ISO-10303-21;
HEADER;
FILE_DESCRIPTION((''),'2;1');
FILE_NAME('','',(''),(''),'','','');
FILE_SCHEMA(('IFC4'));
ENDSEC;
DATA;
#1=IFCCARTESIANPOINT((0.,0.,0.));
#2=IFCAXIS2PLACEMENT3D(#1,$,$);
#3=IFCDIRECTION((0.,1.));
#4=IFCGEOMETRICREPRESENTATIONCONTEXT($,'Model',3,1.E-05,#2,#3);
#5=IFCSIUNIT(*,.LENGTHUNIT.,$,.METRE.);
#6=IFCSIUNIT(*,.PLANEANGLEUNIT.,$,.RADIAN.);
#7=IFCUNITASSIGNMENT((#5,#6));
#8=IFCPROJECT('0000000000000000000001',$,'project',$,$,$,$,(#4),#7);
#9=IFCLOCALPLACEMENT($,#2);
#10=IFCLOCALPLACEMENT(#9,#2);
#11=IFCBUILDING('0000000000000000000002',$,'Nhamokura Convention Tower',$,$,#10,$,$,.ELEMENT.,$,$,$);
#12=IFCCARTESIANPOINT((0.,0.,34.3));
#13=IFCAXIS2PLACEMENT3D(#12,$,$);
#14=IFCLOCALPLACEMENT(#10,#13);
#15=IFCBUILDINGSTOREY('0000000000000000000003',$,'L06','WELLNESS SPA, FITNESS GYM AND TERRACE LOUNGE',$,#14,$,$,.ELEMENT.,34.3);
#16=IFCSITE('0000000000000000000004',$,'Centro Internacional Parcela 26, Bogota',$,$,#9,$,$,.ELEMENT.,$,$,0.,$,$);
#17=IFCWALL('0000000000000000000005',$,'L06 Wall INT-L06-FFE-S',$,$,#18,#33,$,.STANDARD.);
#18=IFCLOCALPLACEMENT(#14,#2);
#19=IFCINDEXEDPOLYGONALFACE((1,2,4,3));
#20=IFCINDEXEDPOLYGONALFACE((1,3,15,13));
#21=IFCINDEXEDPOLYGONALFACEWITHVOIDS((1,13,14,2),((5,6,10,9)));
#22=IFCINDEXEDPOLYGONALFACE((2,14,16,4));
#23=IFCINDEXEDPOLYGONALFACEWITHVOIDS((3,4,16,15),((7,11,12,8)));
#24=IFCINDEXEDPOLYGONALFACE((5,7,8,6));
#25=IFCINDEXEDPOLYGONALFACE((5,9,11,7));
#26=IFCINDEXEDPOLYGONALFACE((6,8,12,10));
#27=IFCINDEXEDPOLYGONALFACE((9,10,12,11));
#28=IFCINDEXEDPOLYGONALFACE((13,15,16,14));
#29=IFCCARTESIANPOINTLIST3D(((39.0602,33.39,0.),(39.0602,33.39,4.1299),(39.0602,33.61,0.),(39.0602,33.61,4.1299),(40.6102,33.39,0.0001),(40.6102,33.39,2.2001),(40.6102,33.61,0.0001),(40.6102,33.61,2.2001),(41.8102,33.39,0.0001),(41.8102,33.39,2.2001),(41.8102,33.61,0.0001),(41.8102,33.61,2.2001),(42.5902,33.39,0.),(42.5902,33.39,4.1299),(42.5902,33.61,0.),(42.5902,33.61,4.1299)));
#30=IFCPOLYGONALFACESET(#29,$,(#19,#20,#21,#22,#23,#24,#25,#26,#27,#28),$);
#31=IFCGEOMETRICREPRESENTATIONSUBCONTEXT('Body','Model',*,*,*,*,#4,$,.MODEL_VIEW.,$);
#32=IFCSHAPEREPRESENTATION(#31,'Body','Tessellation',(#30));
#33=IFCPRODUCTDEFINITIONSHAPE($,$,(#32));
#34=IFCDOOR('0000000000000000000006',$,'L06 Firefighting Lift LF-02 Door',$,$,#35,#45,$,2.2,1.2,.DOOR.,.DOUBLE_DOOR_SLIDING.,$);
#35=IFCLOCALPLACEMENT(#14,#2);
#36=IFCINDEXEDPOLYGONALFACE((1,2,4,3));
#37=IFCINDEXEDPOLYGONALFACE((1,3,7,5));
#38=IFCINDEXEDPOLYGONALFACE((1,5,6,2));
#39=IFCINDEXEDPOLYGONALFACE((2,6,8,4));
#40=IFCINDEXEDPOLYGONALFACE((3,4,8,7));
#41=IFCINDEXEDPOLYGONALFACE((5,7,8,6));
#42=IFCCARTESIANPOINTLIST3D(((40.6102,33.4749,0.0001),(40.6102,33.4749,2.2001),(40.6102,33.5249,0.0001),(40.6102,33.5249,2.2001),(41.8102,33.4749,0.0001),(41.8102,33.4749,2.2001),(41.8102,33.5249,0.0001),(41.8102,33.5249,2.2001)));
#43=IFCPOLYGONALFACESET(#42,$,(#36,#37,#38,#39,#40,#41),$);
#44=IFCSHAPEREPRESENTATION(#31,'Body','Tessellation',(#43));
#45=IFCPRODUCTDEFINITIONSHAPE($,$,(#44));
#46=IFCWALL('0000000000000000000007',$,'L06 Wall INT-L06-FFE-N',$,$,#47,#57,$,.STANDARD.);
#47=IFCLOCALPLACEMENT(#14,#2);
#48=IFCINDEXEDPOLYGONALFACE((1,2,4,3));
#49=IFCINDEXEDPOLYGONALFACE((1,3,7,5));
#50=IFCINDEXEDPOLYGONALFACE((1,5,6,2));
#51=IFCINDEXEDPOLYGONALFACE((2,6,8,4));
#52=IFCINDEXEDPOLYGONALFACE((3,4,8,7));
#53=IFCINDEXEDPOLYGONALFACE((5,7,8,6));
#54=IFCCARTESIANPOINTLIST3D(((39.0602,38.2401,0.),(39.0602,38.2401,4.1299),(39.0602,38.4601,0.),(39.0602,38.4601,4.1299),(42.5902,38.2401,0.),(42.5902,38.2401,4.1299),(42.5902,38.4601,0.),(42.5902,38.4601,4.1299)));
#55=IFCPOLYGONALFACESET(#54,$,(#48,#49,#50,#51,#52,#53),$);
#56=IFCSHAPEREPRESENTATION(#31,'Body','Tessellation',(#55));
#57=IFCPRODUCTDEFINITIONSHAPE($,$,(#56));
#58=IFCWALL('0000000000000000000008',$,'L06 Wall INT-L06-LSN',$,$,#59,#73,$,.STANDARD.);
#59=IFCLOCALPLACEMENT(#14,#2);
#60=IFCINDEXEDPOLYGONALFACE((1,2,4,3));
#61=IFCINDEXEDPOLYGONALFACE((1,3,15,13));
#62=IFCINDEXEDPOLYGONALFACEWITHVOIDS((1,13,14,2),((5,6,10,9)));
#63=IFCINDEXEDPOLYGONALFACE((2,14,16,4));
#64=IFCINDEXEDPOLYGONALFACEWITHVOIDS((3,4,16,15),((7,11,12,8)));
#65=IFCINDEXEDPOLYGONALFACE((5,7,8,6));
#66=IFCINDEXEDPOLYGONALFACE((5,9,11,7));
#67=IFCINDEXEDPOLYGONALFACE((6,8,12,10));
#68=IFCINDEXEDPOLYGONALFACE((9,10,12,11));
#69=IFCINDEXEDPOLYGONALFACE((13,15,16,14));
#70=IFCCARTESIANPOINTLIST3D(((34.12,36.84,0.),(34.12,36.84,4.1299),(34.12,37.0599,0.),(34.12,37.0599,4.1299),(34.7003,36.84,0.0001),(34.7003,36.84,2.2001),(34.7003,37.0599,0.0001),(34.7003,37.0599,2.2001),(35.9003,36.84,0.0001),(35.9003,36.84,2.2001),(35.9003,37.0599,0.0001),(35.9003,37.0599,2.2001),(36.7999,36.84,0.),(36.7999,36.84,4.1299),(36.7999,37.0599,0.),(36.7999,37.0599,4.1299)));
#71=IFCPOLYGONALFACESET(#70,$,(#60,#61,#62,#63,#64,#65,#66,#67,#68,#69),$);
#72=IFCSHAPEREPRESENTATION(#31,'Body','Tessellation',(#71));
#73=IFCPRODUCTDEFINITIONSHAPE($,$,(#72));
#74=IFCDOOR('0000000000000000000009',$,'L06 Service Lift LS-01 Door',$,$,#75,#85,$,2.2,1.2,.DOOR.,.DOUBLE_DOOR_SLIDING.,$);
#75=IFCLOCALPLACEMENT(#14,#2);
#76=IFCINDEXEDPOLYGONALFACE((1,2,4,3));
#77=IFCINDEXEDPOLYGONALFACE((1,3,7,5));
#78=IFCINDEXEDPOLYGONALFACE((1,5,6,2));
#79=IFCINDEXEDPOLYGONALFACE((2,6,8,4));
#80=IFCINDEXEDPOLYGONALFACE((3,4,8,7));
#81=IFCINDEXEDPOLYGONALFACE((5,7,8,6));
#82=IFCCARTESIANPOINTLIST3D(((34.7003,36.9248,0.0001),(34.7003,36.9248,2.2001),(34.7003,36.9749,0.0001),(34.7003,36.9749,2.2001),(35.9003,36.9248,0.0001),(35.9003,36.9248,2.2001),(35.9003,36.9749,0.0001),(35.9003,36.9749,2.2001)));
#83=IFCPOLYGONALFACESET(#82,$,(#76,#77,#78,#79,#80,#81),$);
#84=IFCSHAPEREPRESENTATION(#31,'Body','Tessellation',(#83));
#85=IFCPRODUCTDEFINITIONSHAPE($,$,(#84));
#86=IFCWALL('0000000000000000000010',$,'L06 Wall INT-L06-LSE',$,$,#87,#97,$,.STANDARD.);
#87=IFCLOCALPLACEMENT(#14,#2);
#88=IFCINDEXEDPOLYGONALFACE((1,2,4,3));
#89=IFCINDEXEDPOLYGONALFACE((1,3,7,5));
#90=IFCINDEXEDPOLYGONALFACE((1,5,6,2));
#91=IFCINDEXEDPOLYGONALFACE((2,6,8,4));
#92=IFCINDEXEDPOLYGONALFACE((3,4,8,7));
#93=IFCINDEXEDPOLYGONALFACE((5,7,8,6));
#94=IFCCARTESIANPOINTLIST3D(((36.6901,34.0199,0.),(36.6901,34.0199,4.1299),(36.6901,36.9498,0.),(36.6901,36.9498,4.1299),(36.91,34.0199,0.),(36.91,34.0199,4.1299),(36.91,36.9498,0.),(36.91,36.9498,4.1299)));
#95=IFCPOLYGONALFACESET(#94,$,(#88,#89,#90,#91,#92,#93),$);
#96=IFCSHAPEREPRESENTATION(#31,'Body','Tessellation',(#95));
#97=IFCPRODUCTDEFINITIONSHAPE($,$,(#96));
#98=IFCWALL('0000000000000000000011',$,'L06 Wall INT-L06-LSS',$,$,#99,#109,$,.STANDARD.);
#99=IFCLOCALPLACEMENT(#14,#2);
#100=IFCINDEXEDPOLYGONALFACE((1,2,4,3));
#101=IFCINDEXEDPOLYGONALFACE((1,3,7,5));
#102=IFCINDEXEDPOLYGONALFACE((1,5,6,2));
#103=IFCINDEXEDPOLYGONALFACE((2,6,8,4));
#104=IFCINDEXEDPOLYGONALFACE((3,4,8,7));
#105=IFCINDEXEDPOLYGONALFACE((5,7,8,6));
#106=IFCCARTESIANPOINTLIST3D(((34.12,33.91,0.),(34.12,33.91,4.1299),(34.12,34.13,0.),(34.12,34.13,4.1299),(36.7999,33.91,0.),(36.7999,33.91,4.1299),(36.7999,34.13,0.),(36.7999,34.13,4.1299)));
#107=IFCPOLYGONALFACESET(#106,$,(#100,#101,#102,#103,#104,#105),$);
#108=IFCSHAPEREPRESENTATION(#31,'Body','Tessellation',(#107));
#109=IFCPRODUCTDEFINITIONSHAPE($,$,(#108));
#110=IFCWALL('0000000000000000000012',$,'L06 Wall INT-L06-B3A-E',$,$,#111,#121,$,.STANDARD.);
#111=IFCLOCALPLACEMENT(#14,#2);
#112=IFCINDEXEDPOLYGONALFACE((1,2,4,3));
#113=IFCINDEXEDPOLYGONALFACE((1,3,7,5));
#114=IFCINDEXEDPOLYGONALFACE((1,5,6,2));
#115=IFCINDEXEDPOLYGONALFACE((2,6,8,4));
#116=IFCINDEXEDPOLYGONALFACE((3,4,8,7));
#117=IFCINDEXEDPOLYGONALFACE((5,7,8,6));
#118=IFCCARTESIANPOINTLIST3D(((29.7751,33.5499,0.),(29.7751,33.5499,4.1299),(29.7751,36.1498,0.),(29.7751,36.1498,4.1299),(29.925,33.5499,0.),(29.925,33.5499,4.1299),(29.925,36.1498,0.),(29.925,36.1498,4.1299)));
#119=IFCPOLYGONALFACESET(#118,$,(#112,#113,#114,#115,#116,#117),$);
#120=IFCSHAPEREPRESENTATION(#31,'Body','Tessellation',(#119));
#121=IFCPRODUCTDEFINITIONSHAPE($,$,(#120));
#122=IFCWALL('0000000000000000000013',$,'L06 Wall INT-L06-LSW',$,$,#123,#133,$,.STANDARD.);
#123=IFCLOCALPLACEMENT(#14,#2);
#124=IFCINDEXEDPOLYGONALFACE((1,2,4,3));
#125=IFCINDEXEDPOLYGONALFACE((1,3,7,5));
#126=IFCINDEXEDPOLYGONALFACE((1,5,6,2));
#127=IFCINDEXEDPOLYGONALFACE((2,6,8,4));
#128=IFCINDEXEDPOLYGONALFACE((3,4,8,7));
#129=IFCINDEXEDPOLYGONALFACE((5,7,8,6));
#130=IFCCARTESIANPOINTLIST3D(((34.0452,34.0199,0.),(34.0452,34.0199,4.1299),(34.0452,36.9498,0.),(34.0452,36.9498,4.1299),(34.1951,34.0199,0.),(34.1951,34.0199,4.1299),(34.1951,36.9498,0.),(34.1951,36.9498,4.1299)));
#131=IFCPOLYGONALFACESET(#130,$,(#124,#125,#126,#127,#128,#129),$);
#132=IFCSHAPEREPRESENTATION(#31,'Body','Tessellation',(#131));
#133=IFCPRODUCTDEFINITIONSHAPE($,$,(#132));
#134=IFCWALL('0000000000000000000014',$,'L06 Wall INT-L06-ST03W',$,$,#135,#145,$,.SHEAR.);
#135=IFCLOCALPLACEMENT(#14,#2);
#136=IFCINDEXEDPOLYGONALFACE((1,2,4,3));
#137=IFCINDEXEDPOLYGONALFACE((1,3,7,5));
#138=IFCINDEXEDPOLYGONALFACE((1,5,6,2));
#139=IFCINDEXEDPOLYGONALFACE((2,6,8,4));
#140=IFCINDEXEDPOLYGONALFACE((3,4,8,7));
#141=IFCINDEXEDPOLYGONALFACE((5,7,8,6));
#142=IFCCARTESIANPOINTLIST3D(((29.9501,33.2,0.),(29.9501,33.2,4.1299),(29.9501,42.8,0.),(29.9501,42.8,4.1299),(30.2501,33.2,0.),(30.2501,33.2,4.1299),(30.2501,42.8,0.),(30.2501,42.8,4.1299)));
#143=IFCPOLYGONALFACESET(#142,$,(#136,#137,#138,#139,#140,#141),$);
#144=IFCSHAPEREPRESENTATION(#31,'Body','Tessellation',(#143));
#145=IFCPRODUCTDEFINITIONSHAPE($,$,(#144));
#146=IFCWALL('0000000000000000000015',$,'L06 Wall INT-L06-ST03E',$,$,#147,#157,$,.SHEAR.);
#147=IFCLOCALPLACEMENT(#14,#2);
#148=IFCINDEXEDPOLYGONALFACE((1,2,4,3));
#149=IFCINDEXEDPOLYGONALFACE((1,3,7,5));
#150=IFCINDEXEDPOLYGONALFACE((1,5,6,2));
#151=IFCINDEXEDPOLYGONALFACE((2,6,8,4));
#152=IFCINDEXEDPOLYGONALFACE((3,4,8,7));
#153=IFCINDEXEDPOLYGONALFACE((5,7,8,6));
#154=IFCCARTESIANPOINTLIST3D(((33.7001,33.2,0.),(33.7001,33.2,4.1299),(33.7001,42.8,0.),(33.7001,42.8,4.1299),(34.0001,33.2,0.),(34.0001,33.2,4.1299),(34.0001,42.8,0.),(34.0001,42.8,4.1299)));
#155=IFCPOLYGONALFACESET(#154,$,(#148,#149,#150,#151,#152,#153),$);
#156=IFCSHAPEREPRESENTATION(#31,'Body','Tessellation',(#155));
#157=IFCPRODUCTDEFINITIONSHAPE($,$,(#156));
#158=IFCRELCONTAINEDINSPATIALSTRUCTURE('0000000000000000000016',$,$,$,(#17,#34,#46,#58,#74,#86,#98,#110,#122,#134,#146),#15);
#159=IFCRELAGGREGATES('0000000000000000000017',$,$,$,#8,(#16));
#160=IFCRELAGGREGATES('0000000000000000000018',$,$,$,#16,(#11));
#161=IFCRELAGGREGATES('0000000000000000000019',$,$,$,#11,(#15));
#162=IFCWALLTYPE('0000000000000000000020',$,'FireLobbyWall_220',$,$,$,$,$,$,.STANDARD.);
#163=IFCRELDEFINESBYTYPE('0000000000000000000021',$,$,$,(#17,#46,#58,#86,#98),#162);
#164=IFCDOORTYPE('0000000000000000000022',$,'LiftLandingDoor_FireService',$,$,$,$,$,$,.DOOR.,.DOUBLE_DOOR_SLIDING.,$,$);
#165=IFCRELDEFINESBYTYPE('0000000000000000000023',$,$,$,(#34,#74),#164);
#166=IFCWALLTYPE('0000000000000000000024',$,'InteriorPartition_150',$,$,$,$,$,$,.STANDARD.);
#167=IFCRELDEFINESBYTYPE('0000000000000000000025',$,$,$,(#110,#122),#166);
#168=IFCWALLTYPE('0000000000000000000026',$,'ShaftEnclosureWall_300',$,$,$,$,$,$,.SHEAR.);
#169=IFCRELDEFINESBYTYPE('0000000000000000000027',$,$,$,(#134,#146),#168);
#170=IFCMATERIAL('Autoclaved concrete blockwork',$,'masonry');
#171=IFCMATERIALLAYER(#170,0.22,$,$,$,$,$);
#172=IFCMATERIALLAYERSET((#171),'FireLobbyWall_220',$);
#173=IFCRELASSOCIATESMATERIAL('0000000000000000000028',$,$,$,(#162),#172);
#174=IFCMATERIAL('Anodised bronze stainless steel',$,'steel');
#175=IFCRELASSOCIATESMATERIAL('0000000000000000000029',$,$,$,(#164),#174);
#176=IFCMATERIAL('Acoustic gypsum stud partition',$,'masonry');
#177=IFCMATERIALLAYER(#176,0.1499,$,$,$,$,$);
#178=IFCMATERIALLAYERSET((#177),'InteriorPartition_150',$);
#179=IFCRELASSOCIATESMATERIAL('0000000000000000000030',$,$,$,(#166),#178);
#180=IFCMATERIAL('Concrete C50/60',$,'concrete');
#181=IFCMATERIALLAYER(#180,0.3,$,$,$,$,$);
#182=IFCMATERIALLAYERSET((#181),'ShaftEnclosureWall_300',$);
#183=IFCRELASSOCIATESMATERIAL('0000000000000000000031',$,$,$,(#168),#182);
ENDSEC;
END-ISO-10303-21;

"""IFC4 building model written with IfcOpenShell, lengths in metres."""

from ifc_helpers import new_model, si_unit, direction, frame, frame_2d, origin, place, context, subcontext, project, spatial, rectangle, extrude, material, layer, layer_set, type_object, element, fill, save


model = new_model("IFC4")

# Units and contexts
model_context = context("Model", 3, precision=1e-05, world=origin(), true_north=direction((0.0, 1.0)))
body_context = subcontext(model_context, "Body", "Model", "MODEL_VIEW")
ifc_project = project(units=[si_unit("LENGTHUNIT", "METRE"), si_unit("PLANEANGLEUNIT", "RADIAN")], contexts=[model_context])

# Site, building, storey
site_placement = place(None, origin())
site = spatial("IfcSite", under=ifc_project, at=site_placement, Name="Centro Internacional Parcela 26, Bogota", CompositionType="ELEMENT", RefElevation=0.0)
building_placement = place(site_placement, origin())
building = spatial("IfcBuilding", under=site, at=building_placement, Name="Nhamokura Convention Tower", CompositionType="ELEMENT")
storey_placement = place(building_placement, frame((0.0, 0.0, 34.3)))
storey = spatial("IfcBuildingStorey", under=building, at=storey_placement, Name="L06", Description="WELLNESS SPA, FITNESS GYM AND TERRACE LOUNGE", CompositionType="ELEMENT", Elevation=34.3)

# Wall, opening, door
ifc_material_1 = material(Name="Autoclaved concrete blockwork", Category="masonry")
ifc_layer_1 = layer(ifc_material_1, 0.22)
ifc_layer_set_1 = layer_set([ifc_layer_1], Name="FireLobbyWall_220")
wall_type_1 = type_object("IfcWallType", Name="FireLobbyWall_220", PredefinedType="STANDARD", material=ifc_layer_set_1)
wall_1_placement = place(storey_placement, frame((39.0601, 33.5, 0.0), z_axis=(0.0, 0.0, 1.0), x_axis=(1.0, 0.0, 0.0)))
wall_1 = element("IfcWall", 1, at=wall_1_placement, inside=storey, type_object=wall_type_1, Name="L06 Wall INT-L06-FFE-S", PredefinedType="STANDARD", context=body_context, shape_type="SweptSolid", body=[
    extrude(rectangle(XDim=3.53, YDim=0.22, at=frame_2d((1.7651, 0.0))), origin(), (0.0, 0.0, 1.0), 4.1299),
])
opening_1_placement = place(wall_1_placement, frame((1.55, 0.0, 0.0)))
opening_1 = element("IfcOpeningElement", 2, at=opening_1_placement, cuts=wall_1, PredefinedType="OPENING", context=body_context, shape_type="SweptSolid", body=[
    extrude(rectangle(XDim=1.2, YDim=2.2, at=frame_2d((0.6001, 1.1001))), frame((0.0, 0.1199, 0.0), z_axis=(0.0, -1.0, 0.0), x_axis=(1.0, 0.0, 0.0)), (0.0, 0.0, 1.0), 0.24),
])
ifc_material_2 = material(Name="Anodised bronze stainless steel", Category="steel")
door_type_1 = type_object("IfcDoorType", Name="LiftLandingDoor_FireService", OperationType="DOUBLE_DOOR_SLIDING", PredefinedType="DOOR", material=ifc_material_2)
door_1_placement = place(opening_1_placement, origin())
door_1 = element("IfcDoor", 3, at=door_1_placement, inside=storey, type_object=door_type_1, Name="L06 Firefighting Lift LF-02 Door", OperationType="DOUBLE_DOOR_SLIDING", OverallHeight=2.2, OverallWidth=1.2, PredefinedType="DOOR", context=body_context, shape_type="SweptSolid", body=[
    extrude(rectangle(XDim=1.2, YDim=2.2, at=frame_2d((0.6001, 1.1001))), frame((0.0, 0.0249, 0.0), z_axis=(0.0, -1.0, 0.0), x_axis=(1.0, 0.0, 0.0)), (0.0, 0.0, 1.0), 0.05),
])
fill(opening_1, door_1)

# Wall
wall_2_placement = place(storey_placement, frame((39.0601, 38.3501, 0.0), z_axis=(0.0, 0.0, 1.0), x_axis=(1.0, 0.0, 0.0)))
element("IfcWall", 4, at=wall_2_placement, inside=storey, type_object=wall_type_1, Name="L06 Wall INT-L06-FFE-N", PredefinedType="STANDARD", context=body_context, shape_type="SweptSolid", body=[
    extrude(rectangle(XDim=3.53, YDim=0.22, at=frame_2d((1.7651, 0.0))), origin(), (0.0, 0.0, 1.0), 4.1299),
])

# Wall, opening, door
wall_3_placement = place(storey_placement, frame((34.1201, 36.95, 0.0), z_axis=(0.0, 0.0, 1.0), x_axis=(1.0, 0.0, 0.0)))
wall_3 = element("IfcWall", 5, at=wall_3_placement, inside=storey, type_object=wall_type_1, Name="L06 Wall INT-L06-LSN", PredefinedType="STANDARD", context=body_context, shape_type="SweptSolid", body=[
    extrude(rectangle(XDim=2.6799, YDim=0.22, at=frame_2d((1.3398, 0.0))), origin(), (0.0, 0.0, 1.0), 4.1299),
])
opening_2_placement = place(wall_3_placement, frame((0.5801, 0.0, 0.0)))
opening_2 = element("IfcOpeningElement", 6, at=opening_2_placement, cuts=wall_3, PredefinedType="OPENING", context=body_context, shape_type="SweptSolid", body=[
    extrude(rectangle(XDim=1.2, YDim=2.2, at=frame_2d((0.6001, 1.1001))), frame((0.0, 0.1199, 0.0), z_axis=(0.0, -1.0, 0.0), x_axis=(1.0, 0.0, 0.0)), (0.0, 0.0, 1.0), 0.24),
])
door_2_placement = place(opening_2_placement, origin())
door_2 = element("IfcDoor", 7, at=door_2_placement, inside=storey, type_object=door_type_1, Name="L06 Service Lift LS-01 Door", OperationType="DOUBLE_DOOR_SLIDING", OverallHeight=2.2, OverallWidth=1.2, PredefinedType="DOOR", context=body_context, shape_type="SweptSolid", body=[
    extrude(rectangle(XDim=1.2, YDim=2.2, at=frame_2d((0.6001, 1.1001))), frame((0.0, 0.0249, 0.0), z_axis=(0.0, -1.0, 0.0), x_axis=(1.0, 0.0, 0.0)), (0.0, 0.0, 1.0), 0.05),
])
fill(opening_2, door_2)

# Walls
wall_4_placement = place(storey_placement, frame((36.8, 34.02, 0.0), z_axis=(0.0, 0.0, 1.0), x_axis=(0.0, 1.0, 0.0)))
element("IfcWall", 8, at=wall_4_placement, inside=storey, type_object=wall_type_1, Name="L06 Wall INT-L06-LSE", PredefinedType="STANDARD", context=body_context, shape_type="SweptSolid", body=[
    extrude(rectangle(XDim=2.9299, YDim=0.22, at=frame_2d((1.4648, 0.0))), origin(), (0.0, 0.0, 1.0), 4.1299),
])
wall_5_placement = place(storey_placement, frame((34.1201, 34.02, 0.0), z_axis=(0.0, 0.0, 1.0), x_axis=(1.0, 0.0, 0.0)))
element("IfcWall", 9, at=wall_5_placement, inside=storey, type_object=wall_type_1, Name="L06 Wall INT-L06-LSS", PredefinedType="STANDARD", context=body_context, shape_type="SweptSolid", body=[
    extrude(rectangle(XDim=2.6799, YDim=0.22, at=frame_2d((1.3398, 0.0))), origin(), (0.0, 0.0, 1.0), 4.1299),
])
ifc_material_3 = material(Name="Acoustic gypsum stud partition", Category="masonry")
ifc_layer_2 = layer(ifc_material_3, 0.1499)
ifc_layer_set_2 = layer_set([ifc_layer_2], Name="InteriorPartition_150")
wall_type_2 = type_object("IfcWallType", Name="InteriorPartition_150", PredefinedType="STANDARD", material=ifc_layer_set_2)
wall_6_placement = place(storey_placement, frame((29.8501, 33.55, 0.0), z_axis=(0.0, 0.0, 1.0), x_axis=(0.0, 1.0, 0.0)))
element("IfcWall", 10, at=wall_6_placement, inside=storey, type_object=wall_type_2, Name="L06 Wall INT-L06-B3A-E", PredefinedType="STANDARD", context=body_context, shape_type="SweptSolid", body=[
    extrude(rectangle(XDim=2.5999, YDim=0.1499, at=frame_2d((1.2998, 0.0))), origin(), (0.0, 0.0, 1.0), 4.1299),
])
wall_7_placement = place(storey_placement, frame((34.1201, 34.02, 0.0), z_axis=(0.0, 0.0, 1.0), x_axis=(0.0, 1.0, 0.0)))
element("IfcWall", 11, at=wall_7_placement, inside=storey, type_object=wall_type_2, Name="L06 Wall INT-L06-LSW", PredefinedType="STANDARD", context=body_context, shape_type="SweptSolid", body=[
    extrude(rectangle(XDim=2.9299, YDim=0.1499, at=frame_2d((1.4648, 0.0))), origin(), (0.0, 0.0, 1.0), 4.1299),
])
ifc_material_4 = material(Name="Concrete C50/60", Category="concrete")
ifc_layer_3 = layer(ifc_material_4, 0.3)
ifc_layer_set_3 = layer_set([ifc_layer_3], Name="ShaftEnclosureWall_300")
wall_type_3 = type_object("IfcWallType", Name="ShaftEnclosureWall_300", PredefinedType="SHEAR", material=ifc_layer_set_3)
for number, where, z_axis, x_axis, name in (
    (12, (30.1001, 33.2, 0.0), (0.0, 0.0, 1.0), (0.0, 1.0, 0.0), "L06 Wall INT-L06-ST03W"),
    (13, (33.8501, 33.2, 0.0), (0.0, 0.0, 1.0), (0.0, 1.0, 0.0), "L06 Wall INT-L06-ST03E"),
):
    element("IfcWall", number, at=place(storey_placement, frame(where, z_axis=z_axis, x_axis=x_axis)), inside=storey, type_object=wall_type_3, Name=name, PredefinedType="SHEAR", context=body_context, shape_type="SweptSolid", body=[
        extrude(rectangle(XDim=9.6001, YDim=0.3, at=frame_2d((4.8, 0.0))), origin(), (0.0, 0.0, 1.0), 4.1299),
    ])

save(model, "model.ifc")
